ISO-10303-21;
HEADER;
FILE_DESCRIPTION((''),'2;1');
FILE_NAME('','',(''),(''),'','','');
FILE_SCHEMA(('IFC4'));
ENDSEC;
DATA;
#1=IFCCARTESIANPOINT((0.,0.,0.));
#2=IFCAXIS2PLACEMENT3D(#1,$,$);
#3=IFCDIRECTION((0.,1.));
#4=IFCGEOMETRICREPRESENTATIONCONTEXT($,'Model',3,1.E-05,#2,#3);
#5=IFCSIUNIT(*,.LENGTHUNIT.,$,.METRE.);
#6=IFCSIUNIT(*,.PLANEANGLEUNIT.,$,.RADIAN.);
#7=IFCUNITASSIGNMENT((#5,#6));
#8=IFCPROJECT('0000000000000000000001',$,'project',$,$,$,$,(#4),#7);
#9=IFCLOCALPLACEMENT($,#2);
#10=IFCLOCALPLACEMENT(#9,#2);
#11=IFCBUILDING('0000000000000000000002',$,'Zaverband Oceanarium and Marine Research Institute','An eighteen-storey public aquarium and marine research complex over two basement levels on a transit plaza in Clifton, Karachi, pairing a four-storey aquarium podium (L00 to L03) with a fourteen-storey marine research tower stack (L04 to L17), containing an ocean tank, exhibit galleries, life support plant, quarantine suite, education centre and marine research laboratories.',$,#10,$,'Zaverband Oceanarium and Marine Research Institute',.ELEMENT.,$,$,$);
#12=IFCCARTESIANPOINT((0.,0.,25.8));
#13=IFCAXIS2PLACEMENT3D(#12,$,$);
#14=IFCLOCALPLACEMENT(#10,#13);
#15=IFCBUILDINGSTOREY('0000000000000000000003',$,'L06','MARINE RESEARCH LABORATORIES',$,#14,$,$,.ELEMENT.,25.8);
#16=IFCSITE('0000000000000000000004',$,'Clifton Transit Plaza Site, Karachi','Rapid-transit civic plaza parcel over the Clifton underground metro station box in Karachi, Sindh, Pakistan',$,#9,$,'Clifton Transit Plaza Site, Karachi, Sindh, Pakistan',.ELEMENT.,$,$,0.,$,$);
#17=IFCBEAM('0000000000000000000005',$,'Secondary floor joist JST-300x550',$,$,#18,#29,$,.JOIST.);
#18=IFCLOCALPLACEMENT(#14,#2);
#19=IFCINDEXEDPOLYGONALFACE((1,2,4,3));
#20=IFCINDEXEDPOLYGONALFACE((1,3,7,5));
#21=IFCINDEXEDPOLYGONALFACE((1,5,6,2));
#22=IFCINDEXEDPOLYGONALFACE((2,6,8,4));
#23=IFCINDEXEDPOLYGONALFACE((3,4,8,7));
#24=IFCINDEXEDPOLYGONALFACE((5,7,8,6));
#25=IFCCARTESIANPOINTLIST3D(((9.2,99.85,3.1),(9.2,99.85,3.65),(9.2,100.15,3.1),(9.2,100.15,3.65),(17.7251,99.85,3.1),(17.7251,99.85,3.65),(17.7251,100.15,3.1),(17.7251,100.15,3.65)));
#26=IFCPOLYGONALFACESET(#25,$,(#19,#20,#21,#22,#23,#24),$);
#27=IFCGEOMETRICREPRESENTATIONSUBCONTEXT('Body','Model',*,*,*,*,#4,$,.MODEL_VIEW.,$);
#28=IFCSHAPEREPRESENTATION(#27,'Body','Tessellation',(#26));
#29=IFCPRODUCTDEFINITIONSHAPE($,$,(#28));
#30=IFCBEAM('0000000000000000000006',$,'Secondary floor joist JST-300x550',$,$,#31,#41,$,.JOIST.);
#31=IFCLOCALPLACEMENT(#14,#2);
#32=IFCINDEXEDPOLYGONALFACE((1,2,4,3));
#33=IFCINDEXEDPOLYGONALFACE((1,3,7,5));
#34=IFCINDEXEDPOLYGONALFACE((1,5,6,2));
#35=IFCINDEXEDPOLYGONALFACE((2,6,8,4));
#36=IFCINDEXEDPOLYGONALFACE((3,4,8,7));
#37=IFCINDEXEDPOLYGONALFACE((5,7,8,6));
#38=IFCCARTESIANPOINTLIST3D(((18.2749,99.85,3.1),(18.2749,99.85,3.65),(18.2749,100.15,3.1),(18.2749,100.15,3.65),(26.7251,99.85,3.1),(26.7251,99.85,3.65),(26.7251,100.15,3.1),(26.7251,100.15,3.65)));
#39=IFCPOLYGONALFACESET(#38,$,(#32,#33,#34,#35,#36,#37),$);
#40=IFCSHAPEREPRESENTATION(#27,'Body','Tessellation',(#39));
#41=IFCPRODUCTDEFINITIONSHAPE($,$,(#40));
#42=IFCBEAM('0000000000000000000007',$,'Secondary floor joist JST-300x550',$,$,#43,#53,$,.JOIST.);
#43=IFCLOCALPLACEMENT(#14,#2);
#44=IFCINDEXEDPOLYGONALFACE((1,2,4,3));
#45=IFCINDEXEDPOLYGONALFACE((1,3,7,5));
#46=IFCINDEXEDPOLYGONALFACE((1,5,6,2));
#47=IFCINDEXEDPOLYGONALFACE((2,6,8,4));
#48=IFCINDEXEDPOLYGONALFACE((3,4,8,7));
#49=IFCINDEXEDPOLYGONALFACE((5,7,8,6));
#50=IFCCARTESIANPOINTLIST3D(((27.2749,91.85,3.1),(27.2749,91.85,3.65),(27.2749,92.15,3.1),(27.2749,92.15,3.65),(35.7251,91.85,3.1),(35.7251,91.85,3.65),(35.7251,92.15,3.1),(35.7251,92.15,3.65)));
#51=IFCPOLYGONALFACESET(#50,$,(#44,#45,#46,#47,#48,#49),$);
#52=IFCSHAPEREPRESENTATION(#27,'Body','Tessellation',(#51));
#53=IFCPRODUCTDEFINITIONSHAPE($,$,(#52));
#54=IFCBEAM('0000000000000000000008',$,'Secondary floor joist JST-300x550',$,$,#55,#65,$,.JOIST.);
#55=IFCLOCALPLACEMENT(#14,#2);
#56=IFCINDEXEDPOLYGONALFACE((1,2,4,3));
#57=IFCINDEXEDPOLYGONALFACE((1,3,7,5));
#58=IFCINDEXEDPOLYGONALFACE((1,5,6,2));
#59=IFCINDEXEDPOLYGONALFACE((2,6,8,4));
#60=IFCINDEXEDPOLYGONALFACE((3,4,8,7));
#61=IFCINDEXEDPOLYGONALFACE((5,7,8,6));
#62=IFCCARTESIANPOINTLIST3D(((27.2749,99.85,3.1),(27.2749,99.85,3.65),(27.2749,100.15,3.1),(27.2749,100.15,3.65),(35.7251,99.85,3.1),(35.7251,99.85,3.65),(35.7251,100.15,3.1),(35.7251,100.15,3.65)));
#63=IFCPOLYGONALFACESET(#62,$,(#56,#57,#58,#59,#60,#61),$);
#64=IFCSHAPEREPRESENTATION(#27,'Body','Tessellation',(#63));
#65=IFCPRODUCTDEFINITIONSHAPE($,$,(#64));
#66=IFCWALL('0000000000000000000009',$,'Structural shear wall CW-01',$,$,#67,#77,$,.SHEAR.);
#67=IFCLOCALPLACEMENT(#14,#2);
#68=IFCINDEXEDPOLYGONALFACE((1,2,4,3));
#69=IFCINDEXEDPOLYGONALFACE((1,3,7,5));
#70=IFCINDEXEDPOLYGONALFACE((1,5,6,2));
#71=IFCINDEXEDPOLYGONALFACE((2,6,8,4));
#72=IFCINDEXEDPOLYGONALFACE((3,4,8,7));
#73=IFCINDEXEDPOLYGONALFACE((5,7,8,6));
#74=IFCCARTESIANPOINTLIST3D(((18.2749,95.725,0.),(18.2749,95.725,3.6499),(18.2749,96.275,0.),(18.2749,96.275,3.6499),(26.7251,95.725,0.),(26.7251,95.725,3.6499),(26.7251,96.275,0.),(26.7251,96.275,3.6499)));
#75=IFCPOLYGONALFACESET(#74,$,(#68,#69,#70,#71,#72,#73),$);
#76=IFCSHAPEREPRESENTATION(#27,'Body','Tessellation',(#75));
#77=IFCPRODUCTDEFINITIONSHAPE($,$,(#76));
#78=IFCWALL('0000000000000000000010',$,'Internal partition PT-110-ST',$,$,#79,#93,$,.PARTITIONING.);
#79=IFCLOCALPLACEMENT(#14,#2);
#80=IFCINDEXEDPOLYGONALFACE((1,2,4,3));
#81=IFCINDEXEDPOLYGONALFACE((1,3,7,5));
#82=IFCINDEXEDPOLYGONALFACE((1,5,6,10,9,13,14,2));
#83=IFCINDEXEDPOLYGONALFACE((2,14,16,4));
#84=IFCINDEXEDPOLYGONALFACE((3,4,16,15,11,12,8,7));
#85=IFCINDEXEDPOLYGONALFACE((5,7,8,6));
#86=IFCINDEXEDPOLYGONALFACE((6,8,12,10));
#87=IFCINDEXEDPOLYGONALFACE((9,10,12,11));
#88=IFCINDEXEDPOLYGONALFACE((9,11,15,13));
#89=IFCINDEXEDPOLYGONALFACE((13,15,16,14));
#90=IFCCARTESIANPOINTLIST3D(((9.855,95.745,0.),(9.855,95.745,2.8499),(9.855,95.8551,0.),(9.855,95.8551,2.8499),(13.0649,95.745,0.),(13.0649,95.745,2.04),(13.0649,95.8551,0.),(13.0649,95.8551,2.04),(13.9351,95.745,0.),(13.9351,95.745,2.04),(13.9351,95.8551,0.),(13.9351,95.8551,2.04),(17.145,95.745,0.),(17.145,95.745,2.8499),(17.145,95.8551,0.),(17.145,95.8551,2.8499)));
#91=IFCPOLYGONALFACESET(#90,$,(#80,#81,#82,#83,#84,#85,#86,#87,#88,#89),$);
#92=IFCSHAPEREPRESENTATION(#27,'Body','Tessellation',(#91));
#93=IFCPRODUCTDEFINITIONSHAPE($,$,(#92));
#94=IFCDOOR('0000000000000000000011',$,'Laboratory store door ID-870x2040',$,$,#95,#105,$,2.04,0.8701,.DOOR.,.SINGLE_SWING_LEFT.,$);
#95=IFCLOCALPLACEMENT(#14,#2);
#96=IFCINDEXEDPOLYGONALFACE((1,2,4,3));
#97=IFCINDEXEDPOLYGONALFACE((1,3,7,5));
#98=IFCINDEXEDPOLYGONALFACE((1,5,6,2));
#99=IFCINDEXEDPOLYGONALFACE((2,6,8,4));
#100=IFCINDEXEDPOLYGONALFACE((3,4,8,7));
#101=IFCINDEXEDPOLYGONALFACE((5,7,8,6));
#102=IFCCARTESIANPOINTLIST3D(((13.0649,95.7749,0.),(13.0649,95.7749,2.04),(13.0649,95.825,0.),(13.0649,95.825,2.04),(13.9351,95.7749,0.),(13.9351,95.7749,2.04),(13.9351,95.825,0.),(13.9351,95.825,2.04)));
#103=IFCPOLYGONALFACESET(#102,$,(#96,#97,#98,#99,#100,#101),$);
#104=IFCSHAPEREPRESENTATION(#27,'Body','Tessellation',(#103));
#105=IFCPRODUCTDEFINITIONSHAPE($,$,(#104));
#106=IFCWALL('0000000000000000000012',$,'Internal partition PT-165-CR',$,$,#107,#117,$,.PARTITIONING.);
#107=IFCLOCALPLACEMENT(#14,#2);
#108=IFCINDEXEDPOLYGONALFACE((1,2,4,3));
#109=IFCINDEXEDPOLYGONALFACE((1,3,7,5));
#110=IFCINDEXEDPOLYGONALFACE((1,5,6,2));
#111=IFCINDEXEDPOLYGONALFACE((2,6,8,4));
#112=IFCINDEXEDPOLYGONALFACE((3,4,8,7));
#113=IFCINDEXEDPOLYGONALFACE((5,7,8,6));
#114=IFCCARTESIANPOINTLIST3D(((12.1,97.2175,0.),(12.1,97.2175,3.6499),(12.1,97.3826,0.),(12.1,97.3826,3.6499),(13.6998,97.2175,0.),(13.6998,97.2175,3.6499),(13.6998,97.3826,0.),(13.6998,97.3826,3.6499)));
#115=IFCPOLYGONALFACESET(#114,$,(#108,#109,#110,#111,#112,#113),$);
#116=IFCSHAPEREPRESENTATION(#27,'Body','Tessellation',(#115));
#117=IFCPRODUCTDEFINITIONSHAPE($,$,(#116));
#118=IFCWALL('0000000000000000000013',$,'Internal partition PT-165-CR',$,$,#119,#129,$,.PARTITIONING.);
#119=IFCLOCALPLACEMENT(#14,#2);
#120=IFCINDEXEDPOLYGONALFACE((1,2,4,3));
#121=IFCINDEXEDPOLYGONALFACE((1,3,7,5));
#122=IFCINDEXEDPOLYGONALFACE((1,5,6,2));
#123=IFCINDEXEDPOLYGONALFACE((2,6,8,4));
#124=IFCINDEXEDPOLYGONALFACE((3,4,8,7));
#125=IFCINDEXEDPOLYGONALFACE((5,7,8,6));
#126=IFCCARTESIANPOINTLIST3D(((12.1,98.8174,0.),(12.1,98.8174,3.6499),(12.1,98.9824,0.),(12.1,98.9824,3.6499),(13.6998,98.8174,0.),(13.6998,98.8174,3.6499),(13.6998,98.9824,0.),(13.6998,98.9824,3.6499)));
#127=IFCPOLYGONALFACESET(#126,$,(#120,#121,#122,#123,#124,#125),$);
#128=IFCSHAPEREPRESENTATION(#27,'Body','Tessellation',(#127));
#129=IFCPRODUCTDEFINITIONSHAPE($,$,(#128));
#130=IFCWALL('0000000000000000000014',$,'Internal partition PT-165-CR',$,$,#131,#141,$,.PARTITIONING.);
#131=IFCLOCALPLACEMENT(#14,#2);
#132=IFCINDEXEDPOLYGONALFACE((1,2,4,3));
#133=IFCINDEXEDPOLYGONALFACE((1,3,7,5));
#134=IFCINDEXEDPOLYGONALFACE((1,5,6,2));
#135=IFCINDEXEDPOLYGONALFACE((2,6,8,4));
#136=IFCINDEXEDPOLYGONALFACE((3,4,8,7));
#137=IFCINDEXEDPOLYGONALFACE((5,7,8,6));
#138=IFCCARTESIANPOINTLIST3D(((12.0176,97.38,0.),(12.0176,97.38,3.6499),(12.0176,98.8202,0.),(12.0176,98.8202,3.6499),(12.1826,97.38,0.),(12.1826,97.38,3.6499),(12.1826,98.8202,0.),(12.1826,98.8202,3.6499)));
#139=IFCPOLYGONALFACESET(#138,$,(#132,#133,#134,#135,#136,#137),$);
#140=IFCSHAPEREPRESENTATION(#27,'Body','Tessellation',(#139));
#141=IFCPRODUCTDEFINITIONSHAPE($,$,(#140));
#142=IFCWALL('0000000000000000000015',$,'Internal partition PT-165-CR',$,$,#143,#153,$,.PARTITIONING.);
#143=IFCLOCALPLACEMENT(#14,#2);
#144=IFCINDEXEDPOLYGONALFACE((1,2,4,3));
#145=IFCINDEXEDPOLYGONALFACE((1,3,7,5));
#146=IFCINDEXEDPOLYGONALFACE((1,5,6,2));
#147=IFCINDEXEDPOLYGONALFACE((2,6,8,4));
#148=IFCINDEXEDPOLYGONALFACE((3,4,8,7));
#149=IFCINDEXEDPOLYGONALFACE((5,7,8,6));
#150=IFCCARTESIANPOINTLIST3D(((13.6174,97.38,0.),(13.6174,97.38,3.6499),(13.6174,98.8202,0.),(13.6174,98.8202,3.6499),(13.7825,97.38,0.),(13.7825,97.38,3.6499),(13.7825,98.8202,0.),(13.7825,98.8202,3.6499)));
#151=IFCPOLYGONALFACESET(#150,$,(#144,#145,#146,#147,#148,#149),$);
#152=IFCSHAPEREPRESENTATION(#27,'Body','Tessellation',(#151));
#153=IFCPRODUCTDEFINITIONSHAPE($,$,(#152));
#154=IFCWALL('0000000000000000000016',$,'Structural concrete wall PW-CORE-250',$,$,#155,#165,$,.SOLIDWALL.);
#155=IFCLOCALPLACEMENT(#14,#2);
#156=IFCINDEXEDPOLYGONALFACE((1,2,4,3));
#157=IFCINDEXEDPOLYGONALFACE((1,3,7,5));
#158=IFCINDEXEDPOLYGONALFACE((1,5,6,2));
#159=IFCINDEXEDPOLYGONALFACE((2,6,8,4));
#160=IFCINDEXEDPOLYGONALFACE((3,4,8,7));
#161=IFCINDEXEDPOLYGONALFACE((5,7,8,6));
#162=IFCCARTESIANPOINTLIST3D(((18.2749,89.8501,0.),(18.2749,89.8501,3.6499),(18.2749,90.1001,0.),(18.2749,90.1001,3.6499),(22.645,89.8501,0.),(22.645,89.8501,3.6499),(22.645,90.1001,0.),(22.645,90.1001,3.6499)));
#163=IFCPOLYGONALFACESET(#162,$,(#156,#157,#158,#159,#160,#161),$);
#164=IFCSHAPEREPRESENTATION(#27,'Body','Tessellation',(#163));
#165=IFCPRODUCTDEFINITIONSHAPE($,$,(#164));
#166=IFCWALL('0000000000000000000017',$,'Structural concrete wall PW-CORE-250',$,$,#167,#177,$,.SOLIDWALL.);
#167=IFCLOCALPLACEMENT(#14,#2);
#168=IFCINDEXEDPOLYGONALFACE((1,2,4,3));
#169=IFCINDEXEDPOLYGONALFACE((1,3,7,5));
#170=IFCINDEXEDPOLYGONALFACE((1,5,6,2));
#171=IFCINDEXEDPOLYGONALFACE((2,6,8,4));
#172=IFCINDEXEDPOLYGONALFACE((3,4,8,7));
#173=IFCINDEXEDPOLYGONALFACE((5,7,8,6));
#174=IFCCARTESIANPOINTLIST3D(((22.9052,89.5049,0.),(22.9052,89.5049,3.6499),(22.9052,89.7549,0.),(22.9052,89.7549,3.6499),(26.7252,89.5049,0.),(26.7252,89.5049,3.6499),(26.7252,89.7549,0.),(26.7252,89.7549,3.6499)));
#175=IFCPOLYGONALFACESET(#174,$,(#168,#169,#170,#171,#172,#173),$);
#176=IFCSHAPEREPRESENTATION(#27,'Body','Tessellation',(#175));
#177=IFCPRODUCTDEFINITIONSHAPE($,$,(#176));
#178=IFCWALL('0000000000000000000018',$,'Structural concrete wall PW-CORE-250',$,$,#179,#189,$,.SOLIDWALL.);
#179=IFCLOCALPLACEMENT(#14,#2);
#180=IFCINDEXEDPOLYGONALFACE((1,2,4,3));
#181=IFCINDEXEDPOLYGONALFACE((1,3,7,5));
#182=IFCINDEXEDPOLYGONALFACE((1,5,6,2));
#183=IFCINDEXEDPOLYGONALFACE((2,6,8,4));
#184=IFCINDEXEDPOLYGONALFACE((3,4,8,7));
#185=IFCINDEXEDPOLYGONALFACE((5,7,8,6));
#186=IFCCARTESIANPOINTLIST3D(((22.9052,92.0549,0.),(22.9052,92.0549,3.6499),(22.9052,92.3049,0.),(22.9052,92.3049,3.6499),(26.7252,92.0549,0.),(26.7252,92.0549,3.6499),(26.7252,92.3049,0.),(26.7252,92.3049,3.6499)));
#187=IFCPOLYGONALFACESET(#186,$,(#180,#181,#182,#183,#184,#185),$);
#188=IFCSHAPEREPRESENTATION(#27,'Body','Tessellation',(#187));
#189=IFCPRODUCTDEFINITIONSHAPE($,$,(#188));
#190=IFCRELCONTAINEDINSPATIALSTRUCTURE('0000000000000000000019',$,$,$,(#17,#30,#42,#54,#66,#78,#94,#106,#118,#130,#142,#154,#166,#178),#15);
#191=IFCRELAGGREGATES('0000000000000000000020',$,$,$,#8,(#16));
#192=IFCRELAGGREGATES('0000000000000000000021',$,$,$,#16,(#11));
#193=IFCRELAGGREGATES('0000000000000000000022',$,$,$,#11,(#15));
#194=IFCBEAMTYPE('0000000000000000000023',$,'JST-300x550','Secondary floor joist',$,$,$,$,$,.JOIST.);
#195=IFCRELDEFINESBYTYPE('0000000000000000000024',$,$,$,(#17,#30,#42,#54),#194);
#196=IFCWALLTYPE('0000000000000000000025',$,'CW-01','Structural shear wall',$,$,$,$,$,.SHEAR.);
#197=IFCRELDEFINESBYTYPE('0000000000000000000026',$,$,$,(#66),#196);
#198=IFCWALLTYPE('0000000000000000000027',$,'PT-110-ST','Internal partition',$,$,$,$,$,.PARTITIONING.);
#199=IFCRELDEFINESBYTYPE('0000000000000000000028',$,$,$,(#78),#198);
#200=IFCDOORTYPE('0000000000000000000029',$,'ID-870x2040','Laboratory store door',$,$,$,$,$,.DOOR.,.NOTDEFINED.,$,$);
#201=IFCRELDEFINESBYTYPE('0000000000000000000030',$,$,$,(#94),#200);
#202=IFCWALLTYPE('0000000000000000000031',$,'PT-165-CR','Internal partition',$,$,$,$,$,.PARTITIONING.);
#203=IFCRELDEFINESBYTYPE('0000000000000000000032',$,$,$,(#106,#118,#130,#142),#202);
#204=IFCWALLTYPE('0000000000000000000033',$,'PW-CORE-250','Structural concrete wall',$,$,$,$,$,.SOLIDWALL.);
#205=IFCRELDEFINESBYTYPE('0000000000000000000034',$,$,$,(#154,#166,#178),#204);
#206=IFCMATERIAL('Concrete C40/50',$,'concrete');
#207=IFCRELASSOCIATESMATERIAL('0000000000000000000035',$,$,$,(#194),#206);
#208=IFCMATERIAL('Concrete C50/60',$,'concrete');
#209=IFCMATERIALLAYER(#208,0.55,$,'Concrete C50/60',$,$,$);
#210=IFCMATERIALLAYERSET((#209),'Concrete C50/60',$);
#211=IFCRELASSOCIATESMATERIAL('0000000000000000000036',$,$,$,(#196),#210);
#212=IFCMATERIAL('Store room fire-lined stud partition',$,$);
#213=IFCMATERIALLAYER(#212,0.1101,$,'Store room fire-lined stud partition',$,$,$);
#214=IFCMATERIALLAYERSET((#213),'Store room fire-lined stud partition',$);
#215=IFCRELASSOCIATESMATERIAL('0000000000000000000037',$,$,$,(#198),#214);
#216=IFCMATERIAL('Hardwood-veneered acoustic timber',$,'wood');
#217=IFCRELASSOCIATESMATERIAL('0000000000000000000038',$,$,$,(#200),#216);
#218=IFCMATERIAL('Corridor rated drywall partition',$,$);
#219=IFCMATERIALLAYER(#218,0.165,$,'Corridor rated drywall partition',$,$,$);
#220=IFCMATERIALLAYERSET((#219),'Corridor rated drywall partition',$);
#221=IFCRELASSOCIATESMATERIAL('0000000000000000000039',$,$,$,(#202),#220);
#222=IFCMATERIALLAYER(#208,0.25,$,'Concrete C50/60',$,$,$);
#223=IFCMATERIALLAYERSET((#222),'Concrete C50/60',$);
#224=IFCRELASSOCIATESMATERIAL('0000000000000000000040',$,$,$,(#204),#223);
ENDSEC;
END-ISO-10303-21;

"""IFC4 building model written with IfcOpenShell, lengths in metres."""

from ifc_helpers import new_model, si_unit, direction, frame, frame_2d, origin, origin_2d, place, context, subcontext, project, spatial, rectangle, extrude, material, layer, layer_set, material_profile, profile_set, type_object, element, fill, save


model = new_model("IFC4")

# Units and contexts
model_context = context("Model", 3, precision=1e-05, world=origin(), true_north=direction((0.0, 1.0)))
body_context = subcontext(model_context, "Body", "Model", "MODEL_VIEW")
ifc_project = project(units=[si_unit("LENGTHUNIT", "METRE"), si_unit("PLANEANGLEUNIT", "RADIAN")], contexts=[model_context])

# Site, building, storey
site_placement = place(None, origin())
site = spatial("IfcSite", under=ifc_project, at=site_placement, Name="Clifton Transit Plaza Site, Karachi", Description="Rapid-transit civic plaza parcel over the Clifton underground metro station box in Karachi, Sindh, Pakistan", LongName="Clifton Transit Plaza Site, Karachi, Sindh, Pakistan", CompositionType="ELEMENT", RefElevation=0.0)
building_placement = place(site_placement, origin())
building = spatial("IfcBuilding", under=site, at=building_placement, Name="Zaverband Oceanarium and Marine Research Institute", Description="An eighteen-storey public aquarium and marine research complex over two basement levels on a transit plaza in Clifton, Karachi, pairing a four-storey aquarium podium (L00 to L03) with a fourteen-storey marine research tower stack (L04 to L17), containing an ocean tank, exhibit galleries, life support plant, quarantine suite, education centre and marine research laboratories.", LongName="Zaverband Oceanarium and Marine Research Institute", CompositionType="ELEMENT")
storey_placement = place(building_placement, frame((0.0, 0.0, 25.8)))
storey = spatial("IfcBuildingStorey", under=building, at=storey_placement, Name="L06", Description="MARINE RESEARCH LABORATORIES", CompositionType="ELEMENT", Elevation=25.8)

# Shared definitions
ifc_material_1 = material(Name="Concrete C50/60", Category="concrete")

# Shared definitions
ifc_material_2 = material(Name="Concrete C40/50", Category="concrete")

# Beams
ifc_material_profile_1 = material_profile(ifc_material_2, rectangle(XDim=0.3, YDim=0.55, at=origin_2d()), Name="RC300x550")
ifc_profile_set_1 = profile_set([ifc_material_profile_1], Name="Concrete C40/50")
beam_type_1 = type_object("IfcBeamType", Name="JST-300x550", Description="Secondary floor joist", PredefinedType="JOIST", material=ifc_profile_set_1)
beam_placement = place(storey_placement, frame((9.2, 100.0, 3.375), z_axis=(1.0, 0.0, 0.0), x_axis=(0.0, 1.0, 0.0)))
element("IfcBeam", 1, at=beam_placement, inside=storey, type_object=beam_type_1, Name="Secondary floor joist JST-300x550", PredefinedType="JOIST", context=body_context, shape_type="SweptSolid", body=[
    extrude(rectangle(XDim=0.3, YDim=0.55, at=origin_2d()), origin(), (0.0, 0.0, 1.0), 8.5251),
])
for number, where, z_axis, x_axis, name in (
    (2, (18.2749, 100.0, 3.375), (1.0, 0.0, 0.0), (0.0, 1.0, 0.0), "Secondary floor joist JST-300x550"),
    (3, (27.2749, 92.0, 3.375), (1.0, 0.0, 0.0), (0.0, 1.0, 0.0), "Secondary floor joist JST-300x550"),
    (4, (27.2749, 100.0, 3.375), (1.0, 0.0, 0.0), (0.0, 1.0, 0.0), "Secondary floor joist JST-300x550"),
):
    element("IfcBeam", number, at=place(storey_placement, frame(where, z_axis=z_axis, x_axis=x_axis)), inside=storey, type_object=beam_type_1, Name=name, PredefinedType="JOIST", context=body_context, shape_type="SweptSolid", body=[
        extrude(rectangle(XDim=0.3, YDim=0.55, at=origin_2d()), origin(), (0.0, 0.0, 1.0), 8.4502),
    ])

# Wall
ifc_layer_1 = layer(ifc_material_1, 0.55, Name="Concrete C50/60")
ifc_layer_set_1 = layer_set([ifc_layer_1], Name="Concrete C50/60")
wall_type_1 = type_object("IfcWallType", Name="CW-01", Description="Structural shear wall", PredefinedType="SHEAR", material=ifc_layer_set_1)
wall_1_placement = place(storey_placement, frame((18.2749, 96.0, 0.0), z_axis=(0.0, 0.0, 1.0), x_axis=(1.0, 0.0, 0.0)))
element("IfcWall", 5, at=wall_1_placement, inside=storey, type_object=wall_type_1, Name="Structural shear wall CW-01", PredefinedType="SHEAR", context=body_context, shape_type="SweptSolid", body=[
    extrude(rectangle(XDim=8.4502, YDim=0.55, at=frame_2d((4.2251, 0.0))), origin(), (0.0, 0.0, 1.0), 3.6499),
])

# Wall, opening, door
ifc_material_3 = material(Name="Store room fire-lined stud partition")
ifc_layer_2 = layer(ifc_material_3, 0.1101, Name="Store room fire-lined stud partition")
ifc_layer_set_2 = layer_set([ifc_layer_2], Name="Store room fire-lined stud partition")
wall_type_2 = type_object("IfcWallType", Name="PT-110-ST", Description="Internal partition", PredefinedType="PARTITIONING", material=ifc_layer_set_2)
wall_2_placement = place(storey_placement, frame((9.855, 95.8, 0.0), z_axis=(0.0, 0.0, 1.0), x_axis=(1.0, 0.0, 0.0)))
wall_2 = element("IfcWall", 6, at=wall_2_placement, inside=storey, type_object=wall_type_2, Name="Internal partition PT-110-ST", PredefinedType="PARTITIONING", context=body_context, shape_type="SweptSolid", body=[
    extrude(rectangle(XDim=7.29, YDim=0.1101, at=frame_2d((3.645, 0.0))), origin(), (0.0, 0.0, 1.0), 2.8499),
])
opening_placement = place(wall_2_placement, frame((3.21, 0.0, 0.0)))
opening = element("IfcOpeningElement", 7, at=opening_placement, cuts=wall_2, PredefinedType="OPENING", context=body_context, shape_type="SweptSolid", body=[
    extrude(rectangle(XDim=0.8701, YDim=2.04, at=frame_2d((0.4351, 1.02))), frame((0.0, 0.0669, 0.0), z_axis=(0.0, -1.0, 0.0), x_axis=(1.0, 0.0, 0.0)), (0.0, 0.0, 1.0), 0.134),
])
ifc_material_4 = material(Name="Hardwood-veneered acoustic timber", Category="wood")
door_type = type_object("IfcDoorType", Name="ID-870x2040", Description="Laboratory store door", OperationType="NOTDEFINED", PredefinedType="DOOR", material=ifc_material_4)
door_placement = place(opening_placement, origin())
door = element("IfcDoor", 8, at=door_placement, inside=storey, type_object=door_type, Name="Laboratory store door ID-870x2040", OperationType="SINGLE_SWING_LEFT", OverallHeight=2.04, OverallWidth=0.8701, PredefinedType="DOOR", context=body_context, shape_type="SweptSolid", body=[
    extrude(rectangle(XDim=0.8701, YDim=2.04, at=frame_2d((0.4351, 1.02))), frame((0.0, 0.0249, 0.0), z_axis=(0.0, -1.0, 0.0), x_axis=(1.0, 0.0, 0.0)), (0.0, 0.0, 1.0), 0.05),
])
fill(opening, door)

# Walls
ifc_material_5 = material(Name="Corridor rated drywall partition")
ifc_layer_3 = layer(ifc_material_5, 0.165, Name="Corridor rated drywall partition")
ifc_layer_set_3 = layer_set([ifc_layer_3], Name="Corridor rated drywall partition")
wall_type_3 = type_object("IfcWallType", Name="PT-165-CR", Description="Internal partition", PredefinedType="PARTITIONING", material=ifc_layer_set_3)
for number, where, z_axis, x_axis, name in (
    (9, (12.1001, 97.3, 0.0), (0.0, 0.0, 1.0), (1.0, 0.0, 0.0), "Internal partition PT-165-CR"),
    (10, (12.1001, 98.8999, 0.0), (0.0, 0.0, 1.0), (1.0, 0.0, 0.0), "Internal partition PT-165-CR"),
):
    element("IfcWall", number, at=place(storey_placement, frame(where, z_axis=z_axis, x_axis=x_axis)), inside=storey, type_object=wall_type_3, Name=name, PredefinedType="PARTITIONING", context=body_context, shape_type="SweptSolid", body=[
        extrude(rectangle(XDim=1.5999, YDim=0.165, at=frame_2d((0.7998, 0.0))), origin(), (0.0, 0.0, 1.0), 3.6499),
    ])
for number, where, z_axis, x_axis, name in (
    (11, (12.1001, 97.3799, 0.0), (0.0, 0.0, 1.0), (0.0, 1.0, 0.0), "Internal partition PT-165-CR"),
    (12, (13.7, 97.3799, 0.0), (0.0, 0.0, 1.0), (0.0, 1.0, 0.0), "Internal partition PT-165-CR"),
):
    element("IfcWall", number, at=place(storey_placement, frame(where, z_axis=z_axis, x_axis=x_axis)), inside=storey, type_object=wall_type_3, Name=name, PredefinedType="PARTITIONING", context=body_context, shape_type="SweptSolid", body=[
        extrude(rectangle(XDim=1.4402, YDim=0.165, at=frame_2d((0.7202, 0.0))), origin(), (0.0, 0.0, 1.0), 3.6499),
    ])
ifc_layer_4 = layer(ifc_material_1, 0.25, Name="Concrete C50/60")
ifc_layer_set_4 = layer_set([ifc_layer_4], Name="Concrete C50/60")
wall_type_4 = type_object("IfcWallType", Name="PW-CORE-250", Description="Structural concrete wall", PredefinedType="SOLIDWALL", material=ifc_layer_set_4)
wall_3_placement = place(storey_placement, frame((18.2749, 89.9751, 0.0), z_axis=(0.0, 0.0, 1.0), x_axis=(1.0, 0.0, 0.0)))
element("IfcWall", 13, at=wall_3_placement, inside=storey, type_object=wall_type_4, Name="Structural concrete wall PW-CORE-250", PredefinedType="SOLIDWALL", context=body_context, shape_type="SweptSolid", body=[
    extrude(rectangle(XDim=4.3701, YDim=0.25, at=frame_2d((2.1851, 0.0))), origin(), (0.0, 0.0, 1.0), 3.6499),
])
for number, where, z_axis, x_axis, name in (
    (14, (22.905, 89.6299, 0.0), (0.0, 0.0, 1.0), (1.0, 0.0, 0.0), "Structural concrete wall PW-CORE-250"),
    (15, (22.905, 92.1799, 0.0), (0.0, 0.0, 1.0), (1.0, 0.0, 0.0), "Structural concrete wall PW-CORE-250"),
):
    element("IfcWall", number, at=place(storey_placement, frame(where, z_axis=z_axis, x_axis=x_axis)), inside=storey, type_object=wall_type_4, Name=name, PredefinedType="SOLIDWALL", context=body_context, shape_type="SweptSolid", body=[
        extrude(rectangle(XDim=3.8201, YDim=0.25, at=frame_2d((1.9102, 0.0))), origin(), (0.0, 0.0, 1.0), 3.6499),
    ])

save(model, "model.ifc")
